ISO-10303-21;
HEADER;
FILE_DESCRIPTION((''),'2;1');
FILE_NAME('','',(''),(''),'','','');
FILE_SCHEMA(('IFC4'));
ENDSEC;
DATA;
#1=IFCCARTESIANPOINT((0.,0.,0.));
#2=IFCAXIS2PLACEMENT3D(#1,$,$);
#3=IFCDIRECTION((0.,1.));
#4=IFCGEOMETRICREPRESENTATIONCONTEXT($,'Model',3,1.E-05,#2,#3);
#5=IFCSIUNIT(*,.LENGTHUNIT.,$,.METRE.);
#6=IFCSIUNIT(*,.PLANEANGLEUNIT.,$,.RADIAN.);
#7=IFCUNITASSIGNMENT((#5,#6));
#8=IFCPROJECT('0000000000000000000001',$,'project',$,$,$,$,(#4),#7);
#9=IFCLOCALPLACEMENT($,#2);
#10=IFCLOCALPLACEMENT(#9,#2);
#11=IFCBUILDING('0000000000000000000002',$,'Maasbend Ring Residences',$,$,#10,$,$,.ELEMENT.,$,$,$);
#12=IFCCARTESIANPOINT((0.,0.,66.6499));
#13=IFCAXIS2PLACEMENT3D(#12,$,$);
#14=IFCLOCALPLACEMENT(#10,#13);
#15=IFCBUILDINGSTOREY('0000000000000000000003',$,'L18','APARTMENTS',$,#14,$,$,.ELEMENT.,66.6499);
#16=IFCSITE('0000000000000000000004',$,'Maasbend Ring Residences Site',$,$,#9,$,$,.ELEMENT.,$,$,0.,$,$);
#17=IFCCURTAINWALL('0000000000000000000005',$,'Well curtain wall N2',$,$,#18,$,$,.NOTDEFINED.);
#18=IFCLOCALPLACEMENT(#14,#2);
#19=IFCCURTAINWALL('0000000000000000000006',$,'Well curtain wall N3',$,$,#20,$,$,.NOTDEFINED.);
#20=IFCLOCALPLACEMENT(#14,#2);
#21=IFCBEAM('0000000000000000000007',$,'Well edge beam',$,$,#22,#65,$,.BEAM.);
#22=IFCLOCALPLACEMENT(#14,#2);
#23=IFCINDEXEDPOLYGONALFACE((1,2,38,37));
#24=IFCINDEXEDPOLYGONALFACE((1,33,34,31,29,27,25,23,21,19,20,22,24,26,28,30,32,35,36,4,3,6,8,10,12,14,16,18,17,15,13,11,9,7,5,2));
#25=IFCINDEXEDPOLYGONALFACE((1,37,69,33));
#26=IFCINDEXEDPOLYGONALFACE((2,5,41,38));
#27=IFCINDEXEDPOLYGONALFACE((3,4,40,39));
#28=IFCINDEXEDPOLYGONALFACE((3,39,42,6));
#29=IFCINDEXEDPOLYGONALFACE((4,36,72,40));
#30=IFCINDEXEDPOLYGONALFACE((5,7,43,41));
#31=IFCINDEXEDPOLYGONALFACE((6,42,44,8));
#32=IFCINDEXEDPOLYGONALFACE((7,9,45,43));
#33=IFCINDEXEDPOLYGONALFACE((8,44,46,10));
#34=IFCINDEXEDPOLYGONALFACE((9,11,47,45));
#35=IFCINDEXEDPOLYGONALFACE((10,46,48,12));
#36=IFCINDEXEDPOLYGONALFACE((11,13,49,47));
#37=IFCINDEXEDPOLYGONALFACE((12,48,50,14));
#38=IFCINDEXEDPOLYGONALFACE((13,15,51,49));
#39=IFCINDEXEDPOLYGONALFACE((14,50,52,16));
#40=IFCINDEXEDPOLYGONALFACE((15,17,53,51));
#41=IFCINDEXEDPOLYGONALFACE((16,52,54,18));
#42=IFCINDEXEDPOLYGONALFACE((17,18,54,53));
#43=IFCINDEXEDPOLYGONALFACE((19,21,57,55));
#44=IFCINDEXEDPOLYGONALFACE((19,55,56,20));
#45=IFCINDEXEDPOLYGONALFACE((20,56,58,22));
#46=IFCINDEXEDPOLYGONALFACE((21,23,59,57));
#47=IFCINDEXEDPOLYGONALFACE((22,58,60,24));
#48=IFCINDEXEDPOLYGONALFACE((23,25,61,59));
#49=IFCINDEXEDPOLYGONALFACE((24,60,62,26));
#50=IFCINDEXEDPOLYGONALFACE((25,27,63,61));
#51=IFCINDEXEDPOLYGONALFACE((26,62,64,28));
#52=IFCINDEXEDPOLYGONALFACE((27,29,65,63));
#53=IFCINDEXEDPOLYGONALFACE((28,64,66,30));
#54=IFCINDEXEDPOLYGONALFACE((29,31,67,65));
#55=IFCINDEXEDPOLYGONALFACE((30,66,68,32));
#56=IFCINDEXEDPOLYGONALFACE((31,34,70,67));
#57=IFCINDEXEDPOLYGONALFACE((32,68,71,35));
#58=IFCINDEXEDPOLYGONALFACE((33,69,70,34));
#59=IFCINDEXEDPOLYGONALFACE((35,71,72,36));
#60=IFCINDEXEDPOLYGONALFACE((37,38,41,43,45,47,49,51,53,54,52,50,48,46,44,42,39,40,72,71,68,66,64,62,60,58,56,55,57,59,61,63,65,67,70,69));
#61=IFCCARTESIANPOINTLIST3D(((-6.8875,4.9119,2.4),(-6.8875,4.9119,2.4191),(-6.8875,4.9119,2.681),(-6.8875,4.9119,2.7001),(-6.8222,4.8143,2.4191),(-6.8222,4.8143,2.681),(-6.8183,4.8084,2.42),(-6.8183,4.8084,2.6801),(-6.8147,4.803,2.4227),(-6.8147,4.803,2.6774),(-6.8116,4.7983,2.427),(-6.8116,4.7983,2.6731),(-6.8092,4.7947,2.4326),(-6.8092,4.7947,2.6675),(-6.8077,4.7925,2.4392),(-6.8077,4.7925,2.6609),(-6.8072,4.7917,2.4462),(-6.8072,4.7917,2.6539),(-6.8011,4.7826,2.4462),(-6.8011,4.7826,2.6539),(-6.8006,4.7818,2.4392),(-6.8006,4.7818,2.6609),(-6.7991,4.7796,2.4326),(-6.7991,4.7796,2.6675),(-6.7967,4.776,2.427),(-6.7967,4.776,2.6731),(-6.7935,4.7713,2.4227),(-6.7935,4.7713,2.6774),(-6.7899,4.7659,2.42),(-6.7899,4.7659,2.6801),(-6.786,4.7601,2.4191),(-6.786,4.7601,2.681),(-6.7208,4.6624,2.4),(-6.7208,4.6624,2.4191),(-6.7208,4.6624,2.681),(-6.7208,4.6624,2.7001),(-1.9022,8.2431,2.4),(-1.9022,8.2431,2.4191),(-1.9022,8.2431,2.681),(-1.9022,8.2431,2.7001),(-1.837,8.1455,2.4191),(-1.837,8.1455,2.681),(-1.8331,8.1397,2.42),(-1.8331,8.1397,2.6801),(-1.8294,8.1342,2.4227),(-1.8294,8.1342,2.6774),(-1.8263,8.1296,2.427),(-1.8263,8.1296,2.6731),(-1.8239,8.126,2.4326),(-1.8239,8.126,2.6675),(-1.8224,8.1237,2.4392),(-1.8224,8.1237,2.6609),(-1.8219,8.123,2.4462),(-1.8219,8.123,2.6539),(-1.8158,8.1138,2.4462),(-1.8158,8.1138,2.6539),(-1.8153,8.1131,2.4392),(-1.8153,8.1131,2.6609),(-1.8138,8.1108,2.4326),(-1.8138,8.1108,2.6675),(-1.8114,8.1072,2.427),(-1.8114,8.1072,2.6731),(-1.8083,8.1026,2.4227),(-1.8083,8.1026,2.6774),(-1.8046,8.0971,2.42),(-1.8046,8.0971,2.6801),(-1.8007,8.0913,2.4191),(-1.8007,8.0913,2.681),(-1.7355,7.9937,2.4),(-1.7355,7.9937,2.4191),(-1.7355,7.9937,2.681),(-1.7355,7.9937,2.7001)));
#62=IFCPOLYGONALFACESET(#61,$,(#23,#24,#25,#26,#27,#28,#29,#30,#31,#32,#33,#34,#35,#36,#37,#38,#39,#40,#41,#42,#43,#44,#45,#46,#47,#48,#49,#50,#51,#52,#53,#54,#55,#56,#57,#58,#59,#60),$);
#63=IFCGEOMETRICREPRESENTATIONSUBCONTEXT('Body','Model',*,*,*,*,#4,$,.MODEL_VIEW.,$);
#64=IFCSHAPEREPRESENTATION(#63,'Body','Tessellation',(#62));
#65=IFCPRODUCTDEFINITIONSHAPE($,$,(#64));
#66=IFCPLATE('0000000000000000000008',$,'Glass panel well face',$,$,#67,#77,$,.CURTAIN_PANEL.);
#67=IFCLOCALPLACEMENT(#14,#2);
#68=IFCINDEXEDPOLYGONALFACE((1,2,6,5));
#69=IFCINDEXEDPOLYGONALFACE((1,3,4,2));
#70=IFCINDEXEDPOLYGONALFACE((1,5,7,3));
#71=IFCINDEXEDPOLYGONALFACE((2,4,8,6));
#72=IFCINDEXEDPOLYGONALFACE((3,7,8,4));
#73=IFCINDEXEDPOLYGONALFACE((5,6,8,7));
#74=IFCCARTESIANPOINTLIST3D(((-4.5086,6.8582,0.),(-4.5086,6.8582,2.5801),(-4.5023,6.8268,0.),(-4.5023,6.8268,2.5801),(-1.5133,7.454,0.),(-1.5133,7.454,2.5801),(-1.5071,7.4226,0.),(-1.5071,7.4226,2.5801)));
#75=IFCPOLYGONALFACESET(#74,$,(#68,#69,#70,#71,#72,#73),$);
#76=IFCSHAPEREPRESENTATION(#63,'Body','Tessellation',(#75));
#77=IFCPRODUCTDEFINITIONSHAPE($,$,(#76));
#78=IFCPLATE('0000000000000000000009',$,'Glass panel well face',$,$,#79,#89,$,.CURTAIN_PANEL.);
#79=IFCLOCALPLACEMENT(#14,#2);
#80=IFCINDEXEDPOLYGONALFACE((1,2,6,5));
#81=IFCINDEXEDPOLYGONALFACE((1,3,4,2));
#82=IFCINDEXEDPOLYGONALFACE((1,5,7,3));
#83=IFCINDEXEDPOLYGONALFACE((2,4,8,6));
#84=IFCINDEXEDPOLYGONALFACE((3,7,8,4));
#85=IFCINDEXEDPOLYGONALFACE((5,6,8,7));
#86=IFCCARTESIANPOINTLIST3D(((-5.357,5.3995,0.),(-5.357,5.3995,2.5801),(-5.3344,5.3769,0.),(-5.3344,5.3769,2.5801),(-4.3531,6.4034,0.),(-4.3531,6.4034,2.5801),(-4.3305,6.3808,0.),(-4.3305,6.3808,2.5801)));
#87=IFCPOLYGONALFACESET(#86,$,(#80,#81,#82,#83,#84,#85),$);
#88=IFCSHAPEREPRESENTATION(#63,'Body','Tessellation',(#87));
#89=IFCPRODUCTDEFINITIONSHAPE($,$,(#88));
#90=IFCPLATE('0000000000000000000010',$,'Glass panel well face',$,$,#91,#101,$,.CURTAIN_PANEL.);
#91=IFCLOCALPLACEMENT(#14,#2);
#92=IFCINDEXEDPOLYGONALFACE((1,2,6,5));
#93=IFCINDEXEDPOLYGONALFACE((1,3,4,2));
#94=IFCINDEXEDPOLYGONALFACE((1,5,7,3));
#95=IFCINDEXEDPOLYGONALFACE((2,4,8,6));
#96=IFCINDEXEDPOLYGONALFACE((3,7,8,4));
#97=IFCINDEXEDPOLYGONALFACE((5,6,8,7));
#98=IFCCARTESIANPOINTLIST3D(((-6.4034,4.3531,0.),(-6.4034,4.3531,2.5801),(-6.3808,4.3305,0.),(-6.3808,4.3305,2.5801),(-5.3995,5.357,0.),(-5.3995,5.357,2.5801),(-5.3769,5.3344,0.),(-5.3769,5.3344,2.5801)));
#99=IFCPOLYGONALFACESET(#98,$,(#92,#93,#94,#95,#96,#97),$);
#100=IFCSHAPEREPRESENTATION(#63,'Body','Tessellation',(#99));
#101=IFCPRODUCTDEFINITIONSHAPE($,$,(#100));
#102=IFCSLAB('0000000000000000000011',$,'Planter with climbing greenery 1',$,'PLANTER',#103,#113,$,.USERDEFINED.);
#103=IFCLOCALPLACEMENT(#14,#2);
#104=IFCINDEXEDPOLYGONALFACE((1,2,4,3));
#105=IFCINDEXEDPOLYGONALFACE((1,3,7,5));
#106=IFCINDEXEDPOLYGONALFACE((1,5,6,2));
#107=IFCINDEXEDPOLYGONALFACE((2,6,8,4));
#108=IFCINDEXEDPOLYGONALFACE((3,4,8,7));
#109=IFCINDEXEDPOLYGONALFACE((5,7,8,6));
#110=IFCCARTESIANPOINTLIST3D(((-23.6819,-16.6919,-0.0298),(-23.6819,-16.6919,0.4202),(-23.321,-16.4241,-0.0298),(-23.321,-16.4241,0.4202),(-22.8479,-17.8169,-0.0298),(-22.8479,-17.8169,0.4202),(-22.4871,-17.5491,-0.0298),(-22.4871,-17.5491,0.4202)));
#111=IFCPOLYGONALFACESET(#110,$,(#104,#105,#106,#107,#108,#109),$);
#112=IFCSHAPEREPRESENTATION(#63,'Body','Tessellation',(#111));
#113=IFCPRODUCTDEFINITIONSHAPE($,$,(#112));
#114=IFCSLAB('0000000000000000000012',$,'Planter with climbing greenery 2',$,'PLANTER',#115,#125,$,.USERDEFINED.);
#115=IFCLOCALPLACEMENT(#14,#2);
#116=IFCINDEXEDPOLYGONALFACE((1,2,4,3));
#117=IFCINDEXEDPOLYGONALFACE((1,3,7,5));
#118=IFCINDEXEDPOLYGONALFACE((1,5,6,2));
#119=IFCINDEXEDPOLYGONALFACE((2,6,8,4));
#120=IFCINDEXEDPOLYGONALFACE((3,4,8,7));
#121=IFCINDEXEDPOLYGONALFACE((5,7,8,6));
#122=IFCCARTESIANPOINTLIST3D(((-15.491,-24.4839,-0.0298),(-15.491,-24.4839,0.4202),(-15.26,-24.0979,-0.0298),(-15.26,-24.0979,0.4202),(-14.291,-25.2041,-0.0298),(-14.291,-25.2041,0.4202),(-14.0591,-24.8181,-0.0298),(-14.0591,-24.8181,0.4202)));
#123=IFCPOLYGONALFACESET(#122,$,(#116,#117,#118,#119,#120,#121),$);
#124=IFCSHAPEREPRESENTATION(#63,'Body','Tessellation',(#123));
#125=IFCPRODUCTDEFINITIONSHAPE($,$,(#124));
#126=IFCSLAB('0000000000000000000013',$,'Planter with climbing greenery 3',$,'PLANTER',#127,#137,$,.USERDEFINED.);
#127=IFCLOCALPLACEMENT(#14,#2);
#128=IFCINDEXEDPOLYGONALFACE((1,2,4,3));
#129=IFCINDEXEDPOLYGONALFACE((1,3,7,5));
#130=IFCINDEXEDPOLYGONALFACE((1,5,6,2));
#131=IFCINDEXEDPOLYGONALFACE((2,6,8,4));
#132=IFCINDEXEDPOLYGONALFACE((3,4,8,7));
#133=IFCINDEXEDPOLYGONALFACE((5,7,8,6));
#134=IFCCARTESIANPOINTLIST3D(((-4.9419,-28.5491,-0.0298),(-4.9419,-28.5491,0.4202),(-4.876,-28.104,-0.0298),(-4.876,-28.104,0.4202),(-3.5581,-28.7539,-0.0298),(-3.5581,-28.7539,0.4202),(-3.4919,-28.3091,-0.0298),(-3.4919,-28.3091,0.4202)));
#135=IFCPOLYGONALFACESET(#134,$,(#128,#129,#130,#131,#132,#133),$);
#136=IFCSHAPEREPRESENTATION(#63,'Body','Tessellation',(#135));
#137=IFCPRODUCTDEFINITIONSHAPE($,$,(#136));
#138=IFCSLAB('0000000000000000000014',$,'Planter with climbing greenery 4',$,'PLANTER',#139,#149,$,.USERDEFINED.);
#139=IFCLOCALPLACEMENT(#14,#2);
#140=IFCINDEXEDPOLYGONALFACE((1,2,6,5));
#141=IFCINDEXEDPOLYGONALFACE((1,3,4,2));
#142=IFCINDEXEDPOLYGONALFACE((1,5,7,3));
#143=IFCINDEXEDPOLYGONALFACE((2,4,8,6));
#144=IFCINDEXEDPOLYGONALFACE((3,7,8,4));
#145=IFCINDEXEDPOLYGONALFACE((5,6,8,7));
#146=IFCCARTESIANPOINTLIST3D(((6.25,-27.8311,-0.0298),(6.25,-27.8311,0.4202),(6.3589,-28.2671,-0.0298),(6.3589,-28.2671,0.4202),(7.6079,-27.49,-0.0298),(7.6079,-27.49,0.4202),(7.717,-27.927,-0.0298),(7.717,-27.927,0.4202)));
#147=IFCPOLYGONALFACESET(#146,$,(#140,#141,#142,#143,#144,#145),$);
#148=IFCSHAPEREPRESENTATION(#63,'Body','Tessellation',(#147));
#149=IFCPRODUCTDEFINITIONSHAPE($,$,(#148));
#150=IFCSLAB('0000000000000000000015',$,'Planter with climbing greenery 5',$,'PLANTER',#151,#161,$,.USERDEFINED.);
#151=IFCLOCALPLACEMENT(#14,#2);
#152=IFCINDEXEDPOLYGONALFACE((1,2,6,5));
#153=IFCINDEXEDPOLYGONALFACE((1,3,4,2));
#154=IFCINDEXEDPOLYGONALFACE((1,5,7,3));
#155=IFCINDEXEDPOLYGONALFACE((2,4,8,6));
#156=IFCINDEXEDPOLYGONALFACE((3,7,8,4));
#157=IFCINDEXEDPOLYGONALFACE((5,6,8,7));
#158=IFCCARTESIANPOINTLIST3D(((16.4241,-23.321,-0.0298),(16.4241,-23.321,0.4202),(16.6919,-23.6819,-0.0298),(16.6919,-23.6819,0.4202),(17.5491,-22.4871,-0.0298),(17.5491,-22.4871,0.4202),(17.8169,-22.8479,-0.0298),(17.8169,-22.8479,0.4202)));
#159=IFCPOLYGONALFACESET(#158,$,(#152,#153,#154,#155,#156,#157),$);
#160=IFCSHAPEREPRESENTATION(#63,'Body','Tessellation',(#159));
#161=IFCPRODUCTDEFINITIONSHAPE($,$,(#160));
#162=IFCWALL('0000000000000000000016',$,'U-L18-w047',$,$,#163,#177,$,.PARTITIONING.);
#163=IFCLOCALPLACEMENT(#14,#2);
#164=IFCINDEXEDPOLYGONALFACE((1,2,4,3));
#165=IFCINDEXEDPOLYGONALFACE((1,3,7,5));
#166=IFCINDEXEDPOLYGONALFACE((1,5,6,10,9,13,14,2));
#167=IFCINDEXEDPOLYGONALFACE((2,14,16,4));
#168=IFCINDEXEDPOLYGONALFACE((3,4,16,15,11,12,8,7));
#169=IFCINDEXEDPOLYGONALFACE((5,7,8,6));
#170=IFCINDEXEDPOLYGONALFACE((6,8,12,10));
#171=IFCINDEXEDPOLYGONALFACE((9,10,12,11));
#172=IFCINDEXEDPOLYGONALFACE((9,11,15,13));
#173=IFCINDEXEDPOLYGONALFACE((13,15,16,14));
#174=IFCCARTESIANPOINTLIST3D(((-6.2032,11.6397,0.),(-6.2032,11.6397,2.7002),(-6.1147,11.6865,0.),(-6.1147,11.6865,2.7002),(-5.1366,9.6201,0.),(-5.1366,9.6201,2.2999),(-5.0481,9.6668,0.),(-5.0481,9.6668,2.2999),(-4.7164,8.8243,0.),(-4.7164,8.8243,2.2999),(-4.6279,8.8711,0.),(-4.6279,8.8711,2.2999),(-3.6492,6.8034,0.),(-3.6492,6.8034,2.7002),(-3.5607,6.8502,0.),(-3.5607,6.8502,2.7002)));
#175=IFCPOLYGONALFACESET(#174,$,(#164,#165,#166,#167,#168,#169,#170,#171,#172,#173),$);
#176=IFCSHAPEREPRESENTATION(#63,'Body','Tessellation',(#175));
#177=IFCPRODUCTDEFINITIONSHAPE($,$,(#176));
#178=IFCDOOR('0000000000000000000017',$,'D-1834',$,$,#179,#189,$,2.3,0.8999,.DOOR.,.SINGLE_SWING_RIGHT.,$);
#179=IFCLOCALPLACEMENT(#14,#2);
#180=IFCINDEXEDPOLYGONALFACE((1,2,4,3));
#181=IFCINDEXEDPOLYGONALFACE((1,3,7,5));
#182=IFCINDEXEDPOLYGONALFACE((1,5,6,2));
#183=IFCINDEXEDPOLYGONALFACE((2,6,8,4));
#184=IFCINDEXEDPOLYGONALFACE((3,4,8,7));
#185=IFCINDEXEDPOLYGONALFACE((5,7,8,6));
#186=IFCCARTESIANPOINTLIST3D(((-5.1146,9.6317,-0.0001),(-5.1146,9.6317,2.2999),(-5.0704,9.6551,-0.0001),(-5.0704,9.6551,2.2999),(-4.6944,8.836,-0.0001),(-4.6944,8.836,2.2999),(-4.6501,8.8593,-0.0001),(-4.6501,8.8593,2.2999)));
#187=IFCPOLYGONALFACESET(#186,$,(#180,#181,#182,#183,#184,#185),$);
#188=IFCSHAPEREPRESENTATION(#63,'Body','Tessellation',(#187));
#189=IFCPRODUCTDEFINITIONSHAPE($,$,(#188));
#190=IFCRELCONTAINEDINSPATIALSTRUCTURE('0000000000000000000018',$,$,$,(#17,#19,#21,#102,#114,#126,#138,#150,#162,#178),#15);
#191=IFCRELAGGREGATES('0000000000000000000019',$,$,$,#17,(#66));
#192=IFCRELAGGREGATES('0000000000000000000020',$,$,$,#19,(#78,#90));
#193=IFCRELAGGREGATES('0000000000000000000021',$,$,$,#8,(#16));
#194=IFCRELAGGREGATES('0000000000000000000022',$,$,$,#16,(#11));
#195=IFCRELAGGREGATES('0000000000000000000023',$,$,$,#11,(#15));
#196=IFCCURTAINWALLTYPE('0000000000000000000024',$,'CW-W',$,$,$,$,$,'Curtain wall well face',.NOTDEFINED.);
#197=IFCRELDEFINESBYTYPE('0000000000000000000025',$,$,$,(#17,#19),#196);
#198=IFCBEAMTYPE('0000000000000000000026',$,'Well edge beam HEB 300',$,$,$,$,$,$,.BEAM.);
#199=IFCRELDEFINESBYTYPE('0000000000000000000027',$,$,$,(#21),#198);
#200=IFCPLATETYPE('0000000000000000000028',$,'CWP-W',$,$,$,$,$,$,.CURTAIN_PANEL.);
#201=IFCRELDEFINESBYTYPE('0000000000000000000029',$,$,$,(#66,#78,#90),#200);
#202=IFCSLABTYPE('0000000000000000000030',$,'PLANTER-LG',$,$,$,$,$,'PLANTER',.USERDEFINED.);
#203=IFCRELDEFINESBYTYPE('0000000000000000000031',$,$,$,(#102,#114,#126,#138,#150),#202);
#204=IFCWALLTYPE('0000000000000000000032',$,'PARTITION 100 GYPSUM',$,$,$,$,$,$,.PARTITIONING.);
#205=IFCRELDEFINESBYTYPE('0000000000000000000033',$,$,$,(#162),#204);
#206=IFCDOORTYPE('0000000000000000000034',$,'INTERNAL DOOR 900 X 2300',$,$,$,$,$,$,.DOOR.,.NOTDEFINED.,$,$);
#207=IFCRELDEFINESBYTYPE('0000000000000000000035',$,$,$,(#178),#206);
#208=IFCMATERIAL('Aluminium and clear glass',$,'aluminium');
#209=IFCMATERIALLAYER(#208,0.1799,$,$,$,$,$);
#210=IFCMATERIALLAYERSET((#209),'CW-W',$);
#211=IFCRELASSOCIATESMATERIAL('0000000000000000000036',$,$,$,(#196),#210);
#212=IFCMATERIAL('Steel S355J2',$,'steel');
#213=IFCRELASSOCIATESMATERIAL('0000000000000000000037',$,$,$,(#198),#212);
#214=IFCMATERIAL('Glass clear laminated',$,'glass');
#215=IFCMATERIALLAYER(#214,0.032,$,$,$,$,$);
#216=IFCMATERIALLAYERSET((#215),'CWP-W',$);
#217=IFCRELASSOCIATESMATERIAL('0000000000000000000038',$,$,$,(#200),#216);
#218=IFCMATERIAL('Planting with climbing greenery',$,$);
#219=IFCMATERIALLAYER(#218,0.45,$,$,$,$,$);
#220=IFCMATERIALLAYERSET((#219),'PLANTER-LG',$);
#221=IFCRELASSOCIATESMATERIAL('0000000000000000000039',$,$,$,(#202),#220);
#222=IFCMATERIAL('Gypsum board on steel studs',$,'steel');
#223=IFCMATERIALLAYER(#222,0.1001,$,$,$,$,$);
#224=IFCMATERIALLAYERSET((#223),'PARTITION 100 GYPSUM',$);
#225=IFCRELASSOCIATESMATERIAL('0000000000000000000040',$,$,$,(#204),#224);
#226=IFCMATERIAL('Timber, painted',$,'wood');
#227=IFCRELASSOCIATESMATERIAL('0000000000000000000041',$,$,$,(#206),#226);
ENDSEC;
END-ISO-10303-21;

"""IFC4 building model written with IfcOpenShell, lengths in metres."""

from ifc_helpers import new_model, si_unit, direction, frame, frame_2d, origin, origin_2d, place, context, subcontext, project, spatial, polyline, rectangle, i_section, outline, extrude, material, layer, layer_set, material_profile, profile_set, type_object, element, fill, aggregate, save


model = new_model("IFC4")

# Units and contexts
model_context = context("Model", 3, precision=1e-05, world=origin(), true_north=direction((0.0, 1.0)))
body_context = subcontext(model_context, "Body", "Model", "MODEL_VIEW")
ifc_project = project(units=[si_unit("LENGTHUNIT", "METRE"), si_unit("PLANEANGLEUNIT", "RADIAN")], contexts=[model_context])

# Site, building, storey
site_placement = place(None, origin())
site = spatial("IfcSite", under=ifc_project, at=site_placement, Name="Maasbend Ring Residences Site", CompositionType="ELEMENT", RefElevation=0.0)
building_placement = place(site_placement, origin())
building = spatial("IfcBuilding", under=site, at=building_placement, Name="Maasbend Ring Residences", CompositionType="ELEMENT")
storey_placement = place(building_placement, frame((0.0, 0.0, 66.6499)))
storey = spatial("IfcBuildingStorey", under=building, at=storey_placement, Name="L18", Description="APARTMENTS", CompositionType="ELEMENT", Elevation=66.6499)

# Curtain walls
ifc_material_1 = material(Name="Aluminium and clear glass", Category="aluminium")
ifc_layer_1 = layer(ifc_material_1, 0.1799)
ifc_layer_set_1 = layer_set([ifc_layer_1], Name="CW-W")
curtain_wall_type = type_object("IfcCurtainWallType", Name="CW-W", ElementType="Curtain wall well face", PredefinedType="NOTDEFINED", material=ifc_layer_set_1)
curtain_wall_1_placement = place(storey_placement, origin())
curtain_wall_1 = element("IfcCurtainWall", 1, at=curtain_wall_1_placement, inside=storey, type_object=curtain_wall_type, Name="Well curtain wall N2", PredefinedType="NOTDEFINED")
curtain_wall_2_placement = place(storey_placement, origin())
curtain_wall_2 = element("IfcCurtainWall", 2, at=curtain_wall_2_placement, inside=storey, type_object=curtain_wall_type, Name="Well curtain wall N3", PredefinedType="NOTDEFINED")

# Beam
ifc_material_2 = material(Name="Steel S355J2", Category="steel")
ifc_material_profile_1 = material_profile(ifc_material_2, i_section(OverallWidth=0.3, OverallDepth=0.3, WebThickness=0.011, FlangeThickness=0.019, FilletRadius=0.0271, at=origin_2d()), Name="HEB 300")
ifc_profile_set_1 = profile_set([ifc_material_profile_1], Name="Steel S355J2")
beam_type = type_object("IfcBeamType", Name="Well edge beam HEB 300", PredefinedType="BEAM", material=ifc_profile_set_1)
beam_placement = place(storey_placement, frame((-1.8188, 8.1184, 2.55), z_axis=(-0.831455, -0.555593, 0.0), x_axis=(0.555593, -0.831455, 0.0)))
element("IfcBeam", 3, at=beam_placement, inside=storey, type_object=beam_type, Name="Well edge beam", PredefinedType="BEAM", context=body_context, shape_type="SweptSolid", body=[
    extrude(i_section(OverallWidth=0.3, OverallDepth=0.3, WebThickness=0.011, FlangeThickness=0.019, FilletRadius=0.0271, at=origin_2d()), origin(), (0.0, 0.0, 1.0), 5.9958),
])

# Plates
ifc_material_3 = material(Name="Glass clear laminated", Category="glass")
ifc_layer_2 = layer(ifc_material_3, 0.032)
ifc_layer_set_2 = layer_set([ifc_layer_2], Name="CWP-W")
plate_type = type_object("IfcPlateType", Name="CWP-W", PredefinedType="CURTAIN_PANEL", material=ifc_layer_set_2)
plate_1_placement = place(storey_placement, frame((-3.0078, 7.1404, 0.0), z_axis=(0.0, 0.0, 1.0), x_axis=(-0.980785, -0.19509, 0.0)))
plate_1 = element("IfcPlate", 4, at=plate_1_placement, type_object=plate_type, Name="Glass panel well face", PredefinedType="CURTAIN_PANEL", context=body_context, shape_type="SweptSolid", body=[
    extrude(rectangle(XDim=3.054, YDim=0.032, at=origin_2d()), origin(), (0.0, 0.0, 1.0), 2.5801),
])
aggregate(curtain_wall_1, [plate_1])
plate_2_placement = place(storey_placement, frame((-4.8438, 5.8901, 0.0), z_axis=(0.0, 0.0, 1.0), x_axis=(-0.707107, -0.707107, 0.0)))
plate_2 = element("IfcPlate", 5, at=plate_2_placement, type_object=plate_type, Name="Glass panel well face", PredefinedType="CURTAIN_PANEL", context=body_context, shape_type="SweptSolid", body=[
    extrude(rectangle(XDim=1.4197, YDim=0.032, at=origin_2d()), origin(), (0.0, 0.0, 1.0), 2.5801),
])
plate_3_placement = place(storey_placement, frame((-5.8901, 4.8438, 0.0), z_axis=(0.0, 0.0, 1.0), x_axis=(-0.707107, -0.707107, 0.0)))
plate_3 = element("IfcPlate", 6, at=plate_3_placement, type_object=plate_type, Name="Glass panel well face", PredefinedType="CURTAIN_PANEL", context=body_context, shape_type="SweptSolid", body=[
    extrude(rectangle(XDim=1.4197, YDim=0.032, at=origin_2d()), origin(), (0.0, 0.0, 1.0), 2.5801),
])
aggregate(curtain_wall_2, [plate_2, plate_3])

# Slabs
ifc_material_4 = material(Name="Planting with climbing greenery")
ifc_layer_3 = layer(ifc_material_4, 0.45)
ifc_layer_set_3 = layer_set([ifc_layer_3], Name="PLANTER-LG")
slab_type_1 = type_object("IfcSlabType", Name="PLANTER-LG", ElementType="PLANTER", PredefinedType="USERDEFINED", material=ifc_layer_set_3)
slab_1_placement = place(storey_placement, frame((0.0, 0.0, -0.0298)))
element("IfcSlab", 7, at=slab_1_placement, inside=storey, type_object=slab_type_1, Name="Planter with climbing greenery 1", ObjectType="PLANTER", PredefinedType="USERDEFINED", context=body_context, shape_type="SweptSolid", body=[
    extrude(outline(polyline([(-23.6819, -16.6919), (-22.8479, -17.8169), (-22.4871, -17.5491), (-23.321, -16.4241), (-23.6819, -16.6919)])), origin(), (0.0, 0.0, 1.0), 0.45),
])
slab_2_placement = place(storey_placement, frame((0.0, 0.0, -0.0298)))
element("IfcSlab", 8, at=slab_2_placement, inside=storey, type_object=slab_type_1, Name="Planter with climbing greenery 2", ObjectType="PLANTER", PredefinedType="USERDEFINED", context=body_context, shape_type="SweptSolid", body=[
    extrude(outline(polyline([(-15.491, -24.4839), (-14.291, -25.2041), (-14.0591, -24.8181), (-15.26, -24.0979), (-15.491, -24.4839)])), origin(), (0.0, 0.0, 1.0), 0.45),
])
slab_3_placement = place(storey_placement, frame((0.0, 0.0, -0.0298)))
element("IfcSlab", 9, at=slab_3_placement, inside=storey, type_object=slab_type_1, Name="Planter with climbing greenery 3", ObjectType="PLANTER", PredefinedType="USERDEFINED", context=body_context, shape_type="SweptSolid", body=[
    extrude(outline(polyline([(-4.9419, -28.5491), (-3.5581, -28.7539), (-3.4919, -28.3091), (-4.876, -28.104), (-4.9419, -28.5491)])), origin(), (0.0, 0.0, 1.0), 0.45),
])
slab_4_placement = place(storey_placement, frame((0.0, 0.0, -0.0298)))
element("IfcSlab", 10, at=slab_4_placement, inside=storey, type_object=slab_type_1, Name="Planter with climbing greenery 4", ObjectType="PLANTER", PredefinedType="USERDEFINED", context=body_context, shape_type="SweptSolid", body=[
    extrude(outline(polyline([(6.3589, -28.2671), (7.717, -27.927), (7.6079, -27.49), (6.25, -27.8311), (6.3589, -28.2671)])), origin(), (0.0, 0.0, 1.0), 0.45),
])
slab_5_placement = place(storey_placement, frame((0.0, 0.0, -0.0298)))
element("IfcSlab", 11, at=slab_5_placement, inside=storey, type_object=slab_type_1, Name="Planter with climbing greenery 5", ObjectType="PLANTER", PredefinedType="USERDEFINED", context=body_context, shape_type="SweptSolid", body=[
    extrude(outline(polyline([(16.6919, -23.6819), (17.8169, -22.8479), (17.5491, -22.4871), (16.4241, -23.321), (16.6919, -23.6819)])), origin(), (0.0, 0.0, 1.0), 0.45),
])

# Wall, opening, door
ifc_material_5 = material(Name="Gypsum board on steel studs", Category="steel")
ifc_layer_4 = layer(ifc_material_5, 0.1001)
ifc_layer_set_4 = layer_set([ifc_layer_4], Name="PARTITION 100 GYPSUM")
wall_type_1 = type_object("IfcWallType", Name="PARTITION 100 GYPSUM", PredefinedType="PARTITIONING", material=ifc_layer_set_4)
wall_1_placement = place(storey_placement, frame((-6.1589, 11.6631, 0.0), z_axis=(0.0, 0.0, 1.0), x_axis=(0.466977, -0.88427, 0.0)))
wall_1 = element("IfcWall", 12, at=wall_1_placement, inside=storey, type_object=wall_type_1, Name="U-L18-w047", PredefinedType="PARTITIONING", context=body_context, shape_type="SweptSolid", body=[
    extrude(rectangle(XDim=5.4692, YDim=0.1001, at=frame_2d((2.7346, 0.0))), origin(), (0.0, 0.0, 1.0), 2.7002),
])
opening_placement = place(wall_1_placement, frame((2.2839, 0.0, 0.0)))
opening = element("IfcOpeningElement", 13, at=opening_placement, cuts=wall_1, PredefinedType="OPENING", context=body_context, shape_type="SweptSolid", body=[
    extrude(rectangle(XDim=0.8999, YDim=2.3, at=frame_2d((0.45, 1.1499))), frame((0.0, 0.0601, 0.0), z_axis=(0.0, -1.0, 0.0), x_axis=(1.0, 0.0, 0.0)), (0.0, 0.0, 1.0), 0.1201),
])
ifc_material_6 = material(Name="Timber, painted", Category="wood")
door_type = type_object("IfcDoorType", Name="INTERNAL DOOR 900 X 2300", OperationType="NOTDEFINED", PredefinedType="DOOR", material=ifc_material_6)
door_placement = place(opening_placement, origin())
door = element("IfcDoor", 14, at=door_placement, inside=storey, type_object=door_type, Name="D-1834", OperationType="SINGLE_SWING_RIGHT", OverallHeight=2.3, OverallWidth=0.8999, PredefinedType="DOOR", context=body_context, shape_type="SweptSolid", body=[
    extrude(rectangle(XDim=0.8999, YDim=2.3, at=frame_2d((0.45, 1.1499))), frame((0.0, 0.0249, 0.0), z_axis=(0.0, -1.0, 0.0), x_axis=(1.0, 0.0, 0.0)), (0.0, 0.0, 1.0), 0.05),
])
fill(opening, door)

save(model, "model.ifc")
